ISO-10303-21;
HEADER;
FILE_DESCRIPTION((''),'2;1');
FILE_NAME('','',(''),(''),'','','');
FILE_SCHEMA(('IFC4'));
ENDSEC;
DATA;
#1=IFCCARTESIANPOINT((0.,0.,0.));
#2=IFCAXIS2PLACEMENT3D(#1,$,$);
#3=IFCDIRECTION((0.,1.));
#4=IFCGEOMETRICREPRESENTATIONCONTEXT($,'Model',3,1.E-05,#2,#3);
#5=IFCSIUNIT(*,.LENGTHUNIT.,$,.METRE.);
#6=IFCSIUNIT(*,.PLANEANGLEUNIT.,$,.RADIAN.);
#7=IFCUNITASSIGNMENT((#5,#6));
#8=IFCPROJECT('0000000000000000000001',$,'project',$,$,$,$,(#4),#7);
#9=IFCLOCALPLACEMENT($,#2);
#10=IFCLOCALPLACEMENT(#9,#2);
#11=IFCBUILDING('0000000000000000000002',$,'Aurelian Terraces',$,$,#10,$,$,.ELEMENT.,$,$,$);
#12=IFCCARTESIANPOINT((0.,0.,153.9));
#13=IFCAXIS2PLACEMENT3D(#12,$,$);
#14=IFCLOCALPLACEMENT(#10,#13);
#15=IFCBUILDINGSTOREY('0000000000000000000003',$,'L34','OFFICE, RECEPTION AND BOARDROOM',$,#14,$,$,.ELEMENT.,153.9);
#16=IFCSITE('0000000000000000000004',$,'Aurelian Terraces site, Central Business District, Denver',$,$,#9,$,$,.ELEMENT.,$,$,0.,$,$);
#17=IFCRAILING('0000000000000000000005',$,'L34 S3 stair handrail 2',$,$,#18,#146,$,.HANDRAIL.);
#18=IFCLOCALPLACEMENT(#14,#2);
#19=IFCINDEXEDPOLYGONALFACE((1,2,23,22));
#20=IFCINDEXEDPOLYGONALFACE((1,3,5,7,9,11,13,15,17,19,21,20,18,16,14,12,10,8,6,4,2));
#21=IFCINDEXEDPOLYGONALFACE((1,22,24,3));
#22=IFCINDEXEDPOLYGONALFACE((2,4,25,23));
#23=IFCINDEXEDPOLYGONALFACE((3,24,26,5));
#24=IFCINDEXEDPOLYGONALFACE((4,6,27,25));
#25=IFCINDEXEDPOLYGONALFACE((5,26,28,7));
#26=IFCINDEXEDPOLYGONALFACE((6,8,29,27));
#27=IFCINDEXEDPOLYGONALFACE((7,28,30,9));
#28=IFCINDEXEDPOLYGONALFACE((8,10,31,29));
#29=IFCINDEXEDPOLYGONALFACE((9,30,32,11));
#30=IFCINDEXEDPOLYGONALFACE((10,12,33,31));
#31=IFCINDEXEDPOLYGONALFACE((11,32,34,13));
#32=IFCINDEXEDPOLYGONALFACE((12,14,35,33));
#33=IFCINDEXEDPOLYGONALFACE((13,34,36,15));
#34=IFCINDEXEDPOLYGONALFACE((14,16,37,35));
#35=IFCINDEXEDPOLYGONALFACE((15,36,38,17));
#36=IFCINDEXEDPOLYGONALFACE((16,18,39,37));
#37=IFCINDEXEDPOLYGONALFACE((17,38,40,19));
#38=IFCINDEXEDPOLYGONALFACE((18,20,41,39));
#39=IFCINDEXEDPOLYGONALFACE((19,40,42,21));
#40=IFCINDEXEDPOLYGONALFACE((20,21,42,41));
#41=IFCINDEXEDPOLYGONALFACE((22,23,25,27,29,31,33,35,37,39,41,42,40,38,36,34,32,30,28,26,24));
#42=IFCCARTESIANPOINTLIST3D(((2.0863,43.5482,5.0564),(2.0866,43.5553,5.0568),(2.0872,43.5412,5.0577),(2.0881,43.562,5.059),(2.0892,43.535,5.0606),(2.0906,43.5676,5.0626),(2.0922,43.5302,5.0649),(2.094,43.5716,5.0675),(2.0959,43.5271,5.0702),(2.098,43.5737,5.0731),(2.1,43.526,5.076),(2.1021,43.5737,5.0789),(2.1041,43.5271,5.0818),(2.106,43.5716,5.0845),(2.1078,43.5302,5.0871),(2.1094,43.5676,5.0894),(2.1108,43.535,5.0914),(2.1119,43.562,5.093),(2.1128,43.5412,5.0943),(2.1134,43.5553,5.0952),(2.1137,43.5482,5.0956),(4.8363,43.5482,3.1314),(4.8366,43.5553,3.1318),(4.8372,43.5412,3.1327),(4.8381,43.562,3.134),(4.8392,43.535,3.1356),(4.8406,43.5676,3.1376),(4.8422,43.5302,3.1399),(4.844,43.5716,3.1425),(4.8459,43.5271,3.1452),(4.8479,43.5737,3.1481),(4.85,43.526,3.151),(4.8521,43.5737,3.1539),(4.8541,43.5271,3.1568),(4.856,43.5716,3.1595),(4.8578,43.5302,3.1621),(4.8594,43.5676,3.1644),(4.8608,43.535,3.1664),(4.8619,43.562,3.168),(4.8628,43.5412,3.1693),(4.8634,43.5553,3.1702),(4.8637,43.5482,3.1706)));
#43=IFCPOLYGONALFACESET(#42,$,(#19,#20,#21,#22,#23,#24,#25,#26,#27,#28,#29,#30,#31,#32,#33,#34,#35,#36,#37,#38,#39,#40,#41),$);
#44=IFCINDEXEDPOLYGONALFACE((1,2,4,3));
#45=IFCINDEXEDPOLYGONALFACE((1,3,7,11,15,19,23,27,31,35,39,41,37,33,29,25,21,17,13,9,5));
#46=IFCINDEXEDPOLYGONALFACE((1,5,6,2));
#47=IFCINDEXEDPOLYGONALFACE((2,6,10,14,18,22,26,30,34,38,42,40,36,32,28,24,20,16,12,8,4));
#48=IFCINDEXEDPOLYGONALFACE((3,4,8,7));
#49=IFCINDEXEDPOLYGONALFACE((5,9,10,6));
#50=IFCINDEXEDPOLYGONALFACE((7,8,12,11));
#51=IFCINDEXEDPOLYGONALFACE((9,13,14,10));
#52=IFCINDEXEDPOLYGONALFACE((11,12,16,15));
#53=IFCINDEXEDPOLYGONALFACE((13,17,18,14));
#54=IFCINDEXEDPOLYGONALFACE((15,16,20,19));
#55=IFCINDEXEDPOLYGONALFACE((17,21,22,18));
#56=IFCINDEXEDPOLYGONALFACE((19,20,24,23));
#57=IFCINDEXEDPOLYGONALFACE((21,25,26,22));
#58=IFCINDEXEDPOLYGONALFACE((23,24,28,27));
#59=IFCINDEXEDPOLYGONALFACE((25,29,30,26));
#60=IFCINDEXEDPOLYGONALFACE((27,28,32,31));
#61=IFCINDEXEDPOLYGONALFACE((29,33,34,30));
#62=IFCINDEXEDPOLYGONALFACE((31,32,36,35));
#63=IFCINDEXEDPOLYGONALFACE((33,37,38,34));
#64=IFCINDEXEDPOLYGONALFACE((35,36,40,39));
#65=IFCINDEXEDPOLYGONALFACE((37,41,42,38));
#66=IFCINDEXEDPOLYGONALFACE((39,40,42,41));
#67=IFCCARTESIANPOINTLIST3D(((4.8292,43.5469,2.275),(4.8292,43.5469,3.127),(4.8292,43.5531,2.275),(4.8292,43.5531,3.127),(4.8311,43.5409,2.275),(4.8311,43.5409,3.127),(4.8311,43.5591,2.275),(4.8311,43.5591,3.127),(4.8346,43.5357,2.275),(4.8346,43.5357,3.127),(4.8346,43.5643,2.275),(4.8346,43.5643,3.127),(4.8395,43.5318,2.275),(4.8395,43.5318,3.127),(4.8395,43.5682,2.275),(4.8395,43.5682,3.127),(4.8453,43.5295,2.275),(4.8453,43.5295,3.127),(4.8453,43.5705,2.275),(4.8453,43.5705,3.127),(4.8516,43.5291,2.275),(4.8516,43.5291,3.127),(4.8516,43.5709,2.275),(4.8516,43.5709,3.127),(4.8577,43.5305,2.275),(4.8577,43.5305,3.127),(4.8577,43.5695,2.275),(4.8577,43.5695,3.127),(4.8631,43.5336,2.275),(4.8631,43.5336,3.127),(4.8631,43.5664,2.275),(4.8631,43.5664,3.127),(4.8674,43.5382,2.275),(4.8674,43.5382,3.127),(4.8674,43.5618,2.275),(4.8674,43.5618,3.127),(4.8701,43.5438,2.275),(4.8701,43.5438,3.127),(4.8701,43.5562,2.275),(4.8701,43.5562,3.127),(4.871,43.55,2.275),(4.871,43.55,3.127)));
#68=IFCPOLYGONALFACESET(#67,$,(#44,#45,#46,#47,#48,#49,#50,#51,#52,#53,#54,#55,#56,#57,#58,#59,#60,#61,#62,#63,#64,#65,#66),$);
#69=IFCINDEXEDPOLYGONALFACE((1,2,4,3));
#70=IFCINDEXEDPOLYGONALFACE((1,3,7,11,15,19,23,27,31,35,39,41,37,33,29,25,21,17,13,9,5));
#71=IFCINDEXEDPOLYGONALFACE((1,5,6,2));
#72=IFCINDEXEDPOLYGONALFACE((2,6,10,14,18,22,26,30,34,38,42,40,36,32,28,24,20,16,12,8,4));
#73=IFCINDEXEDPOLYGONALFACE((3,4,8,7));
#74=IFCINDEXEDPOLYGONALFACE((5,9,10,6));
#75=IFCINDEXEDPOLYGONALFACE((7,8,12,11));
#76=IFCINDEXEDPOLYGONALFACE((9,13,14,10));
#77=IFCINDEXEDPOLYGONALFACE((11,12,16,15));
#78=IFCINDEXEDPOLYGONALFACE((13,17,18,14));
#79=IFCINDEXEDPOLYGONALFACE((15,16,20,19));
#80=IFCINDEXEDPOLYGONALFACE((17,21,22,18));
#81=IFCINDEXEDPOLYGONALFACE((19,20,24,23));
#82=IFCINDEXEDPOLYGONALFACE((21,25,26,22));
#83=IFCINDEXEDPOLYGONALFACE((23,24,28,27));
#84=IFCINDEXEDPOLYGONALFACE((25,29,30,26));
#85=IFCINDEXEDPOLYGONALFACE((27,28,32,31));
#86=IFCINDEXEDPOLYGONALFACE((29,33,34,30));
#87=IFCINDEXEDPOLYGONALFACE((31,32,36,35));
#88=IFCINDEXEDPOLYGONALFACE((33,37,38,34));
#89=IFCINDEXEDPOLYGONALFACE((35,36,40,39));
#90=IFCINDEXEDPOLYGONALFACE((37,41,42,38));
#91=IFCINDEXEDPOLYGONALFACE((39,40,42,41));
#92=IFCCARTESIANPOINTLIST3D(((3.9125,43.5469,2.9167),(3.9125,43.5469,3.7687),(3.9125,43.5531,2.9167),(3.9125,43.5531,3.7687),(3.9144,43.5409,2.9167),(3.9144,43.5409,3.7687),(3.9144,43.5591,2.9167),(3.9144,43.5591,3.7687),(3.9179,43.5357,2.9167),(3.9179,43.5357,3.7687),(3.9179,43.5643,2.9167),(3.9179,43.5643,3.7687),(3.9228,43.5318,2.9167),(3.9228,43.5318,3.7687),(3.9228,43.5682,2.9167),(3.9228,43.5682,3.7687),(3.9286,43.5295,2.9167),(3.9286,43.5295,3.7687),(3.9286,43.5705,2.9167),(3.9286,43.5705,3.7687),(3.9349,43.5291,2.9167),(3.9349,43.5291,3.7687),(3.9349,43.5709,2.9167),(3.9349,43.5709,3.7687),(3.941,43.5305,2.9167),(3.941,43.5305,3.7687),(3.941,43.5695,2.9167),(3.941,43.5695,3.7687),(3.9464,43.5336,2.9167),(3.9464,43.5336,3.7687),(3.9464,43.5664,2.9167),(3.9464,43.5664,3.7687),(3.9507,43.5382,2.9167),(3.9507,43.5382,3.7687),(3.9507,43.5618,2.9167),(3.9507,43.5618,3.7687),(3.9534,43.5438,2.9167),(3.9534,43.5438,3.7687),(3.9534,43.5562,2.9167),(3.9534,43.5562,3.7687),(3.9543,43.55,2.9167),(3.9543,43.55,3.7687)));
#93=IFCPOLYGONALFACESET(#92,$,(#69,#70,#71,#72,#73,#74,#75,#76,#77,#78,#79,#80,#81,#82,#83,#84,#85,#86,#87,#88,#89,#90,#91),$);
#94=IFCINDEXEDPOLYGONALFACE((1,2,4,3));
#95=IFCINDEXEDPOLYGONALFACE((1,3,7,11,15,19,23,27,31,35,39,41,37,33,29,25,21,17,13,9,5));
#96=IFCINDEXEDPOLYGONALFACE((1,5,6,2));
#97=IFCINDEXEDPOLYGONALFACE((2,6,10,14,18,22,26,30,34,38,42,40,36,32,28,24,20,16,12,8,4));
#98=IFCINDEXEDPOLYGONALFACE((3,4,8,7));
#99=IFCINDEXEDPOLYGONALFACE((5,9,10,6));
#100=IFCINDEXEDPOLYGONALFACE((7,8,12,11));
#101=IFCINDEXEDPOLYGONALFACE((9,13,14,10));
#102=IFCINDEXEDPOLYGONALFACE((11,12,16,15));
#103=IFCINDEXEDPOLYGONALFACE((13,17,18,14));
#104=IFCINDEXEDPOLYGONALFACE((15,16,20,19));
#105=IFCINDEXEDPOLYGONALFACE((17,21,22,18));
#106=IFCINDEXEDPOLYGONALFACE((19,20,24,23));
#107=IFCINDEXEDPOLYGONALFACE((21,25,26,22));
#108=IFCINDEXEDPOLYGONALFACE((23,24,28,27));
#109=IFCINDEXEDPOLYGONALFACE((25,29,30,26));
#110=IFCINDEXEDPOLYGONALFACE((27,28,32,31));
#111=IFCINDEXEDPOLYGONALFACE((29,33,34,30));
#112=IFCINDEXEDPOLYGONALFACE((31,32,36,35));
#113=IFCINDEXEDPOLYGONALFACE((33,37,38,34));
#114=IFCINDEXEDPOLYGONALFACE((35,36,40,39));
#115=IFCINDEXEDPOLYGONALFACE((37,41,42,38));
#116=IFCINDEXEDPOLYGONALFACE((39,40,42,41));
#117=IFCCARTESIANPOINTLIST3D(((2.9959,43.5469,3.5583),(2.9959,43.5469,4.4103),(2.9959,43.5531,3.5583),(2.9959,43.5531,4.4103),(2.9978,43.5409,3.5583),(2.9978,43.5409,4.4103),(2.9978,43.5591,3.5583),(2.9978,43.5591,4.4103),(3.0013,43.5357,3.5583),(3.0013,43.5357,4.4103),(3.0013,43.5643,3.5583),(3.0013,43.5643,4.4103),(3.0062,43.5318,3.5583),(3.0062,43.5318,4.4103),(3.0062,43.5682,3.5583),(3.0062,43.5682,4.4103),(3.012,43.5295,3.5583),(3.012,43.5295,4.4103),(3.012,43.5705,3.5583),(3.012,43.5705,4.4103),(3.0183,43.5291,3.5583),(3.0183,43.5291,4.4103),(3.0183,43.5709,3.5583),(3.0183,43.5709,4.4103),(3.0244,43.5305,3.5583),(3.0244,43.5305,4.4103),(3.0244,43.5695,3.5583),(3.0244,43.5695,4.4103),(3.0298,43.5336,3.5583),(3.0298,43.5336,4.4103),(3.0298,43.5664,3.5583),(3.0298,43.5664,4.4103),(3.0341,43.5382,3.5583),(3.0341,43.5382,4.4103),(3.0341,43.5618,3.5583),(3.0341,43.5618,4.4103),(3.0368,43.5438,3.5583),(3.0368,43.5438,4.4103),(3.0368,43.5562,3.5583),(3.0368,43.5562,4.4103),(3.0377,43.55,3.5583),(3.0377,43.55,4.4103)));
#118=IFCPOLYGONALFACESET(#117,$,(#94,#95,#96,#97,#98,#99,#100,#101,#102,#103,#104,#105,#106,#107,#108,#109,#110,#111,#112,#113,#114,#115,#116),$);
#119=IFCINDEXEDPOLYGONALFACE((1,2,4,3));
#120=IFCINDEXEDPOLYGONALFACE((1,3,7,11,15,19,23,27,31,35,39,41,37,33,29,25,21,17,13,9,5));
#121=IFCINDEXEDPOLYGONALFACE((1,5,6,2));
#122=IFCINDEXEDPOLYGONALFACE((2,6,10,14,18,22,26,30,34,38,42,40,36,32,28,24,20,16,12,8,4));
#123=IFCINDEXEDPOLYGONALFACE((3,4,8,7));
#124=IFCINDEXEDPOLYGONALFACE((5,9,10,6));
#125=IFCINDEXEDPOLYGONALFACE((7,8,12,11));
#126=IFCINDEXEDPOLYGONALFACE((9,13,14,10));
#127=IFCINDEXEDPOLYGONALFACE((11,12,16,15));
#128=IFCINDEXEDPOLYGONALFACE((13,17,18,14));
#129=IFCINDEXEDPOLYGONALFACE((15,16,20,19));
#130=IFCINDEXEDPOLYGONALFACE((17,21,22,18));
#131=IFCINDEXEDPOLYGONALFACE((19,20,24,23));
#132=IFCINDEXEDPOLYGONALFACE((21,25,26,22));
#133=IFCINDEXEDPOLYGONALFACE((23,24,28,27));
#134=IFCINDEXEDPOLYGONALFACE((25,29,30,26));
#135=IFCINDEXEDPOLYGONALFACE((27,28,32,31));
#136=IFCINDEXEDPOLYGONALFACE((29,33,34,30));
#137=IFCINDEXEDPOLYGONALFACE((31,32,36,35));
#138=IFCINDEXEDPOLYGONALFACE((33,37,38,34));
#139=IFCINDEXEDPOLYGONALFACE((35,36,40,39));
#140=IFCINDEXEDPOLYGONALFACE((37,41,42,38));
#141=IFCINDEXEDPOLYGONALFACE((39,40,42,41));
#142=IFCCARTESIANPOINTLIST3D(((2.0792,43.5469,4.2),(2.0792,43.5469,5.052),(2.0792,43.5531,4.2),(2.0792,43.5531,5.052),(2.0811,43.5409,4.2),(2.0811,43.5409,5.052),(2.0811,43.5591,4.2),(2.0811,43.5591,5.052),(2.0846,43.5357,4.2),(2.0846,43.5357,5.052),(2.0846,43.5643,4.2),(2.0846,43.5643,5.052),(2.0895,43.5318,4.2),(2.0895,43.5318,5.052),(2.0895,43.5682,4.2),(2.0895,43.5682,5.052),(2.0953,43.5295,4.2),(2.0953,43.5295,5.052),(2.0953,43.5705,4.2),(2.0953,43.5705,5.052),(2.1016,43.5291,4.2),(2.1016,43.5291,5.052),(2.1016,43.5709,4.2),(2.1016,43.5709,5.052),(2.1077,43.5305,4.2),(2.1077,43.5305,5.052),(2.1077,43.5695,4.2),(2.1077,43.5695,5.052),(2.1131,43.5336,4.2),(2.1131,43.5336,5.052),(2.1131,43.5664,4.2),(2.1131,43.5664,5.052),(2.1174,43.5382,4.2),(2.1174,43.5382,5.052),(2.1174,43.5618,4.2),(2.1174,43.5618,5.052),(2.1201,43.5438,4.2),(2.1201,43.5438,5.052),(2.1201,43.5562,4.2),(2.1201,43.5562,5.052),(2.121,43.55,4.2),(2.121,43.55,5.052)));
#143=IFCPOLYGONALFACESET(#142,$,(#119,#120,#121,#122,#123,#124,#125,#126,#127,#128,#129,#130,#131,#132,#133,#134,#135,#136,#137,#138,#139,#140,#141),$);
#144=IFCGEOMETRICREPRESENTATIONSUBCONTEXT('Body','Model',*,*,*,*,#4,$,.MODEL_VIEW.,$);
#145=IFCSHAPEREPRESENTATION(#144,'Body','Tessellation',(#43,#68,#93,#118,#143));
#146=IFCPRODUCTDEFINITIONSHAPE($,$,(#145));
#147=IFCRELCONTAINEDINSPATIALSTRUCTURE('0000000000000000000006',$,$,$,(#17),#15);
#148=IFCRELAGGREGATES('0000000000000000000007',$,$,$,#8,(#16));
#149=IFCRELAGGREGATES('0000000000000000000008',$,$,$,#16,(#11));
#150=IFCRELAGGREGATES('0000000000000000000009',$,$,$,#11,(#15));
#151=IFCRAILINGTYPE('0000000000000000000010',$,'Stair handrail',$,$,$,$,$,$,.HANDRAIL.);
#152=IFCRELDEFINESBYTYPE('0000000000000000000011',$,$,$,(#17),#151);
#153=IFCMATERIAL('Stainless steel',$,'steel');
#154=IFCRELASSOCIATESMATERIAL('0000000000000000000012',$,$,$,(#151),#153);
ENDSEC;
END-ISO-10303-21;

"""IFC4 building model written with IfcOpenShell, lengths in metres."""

from ifc_helpers import new_model, si_unit, direction, frame, origin, origin_2d, place, context, subcontext, project, spatial, circle, extrude, source, transform, mapped, material, type_object, element, save


model = new_model("IFC4")

# Units and contexts
model_context = context("Model", 3, precision=1e-05, world=origin(), true_north=direction((0.0, 1.0)))
body_context = subcontext(model_context, "Body", "Model", "MODEL_VIEW")
ifc_project = project(units=[si_unit("LENGTHUNIT", "METRE"), si_unit("PLANEANGLEUNIT", "RADIAN")], contexts=[model_context])

# Site, building, storey
site_placement = place(None, origin())
site = spatial("IfcSite", under=ifc_project, at=site_placement, Name="Aurelian Terraces site, Central Business District, Denver", CompositionType="ELEMENT", RefElevation=0.0)
building_placement = place(site_placement, origin())
building = spatial("IfcBuilding", under=site, at=building_placement, Name="Aurelian Terraces", CompositionType="ELEMENT")
storey_placement = place(building_placement, frame((0.0, 0.0, 153.9)))
storey = spatial("IfcBuildingStorey", under=building, at=storey_placement, Name="L34", Description="OFFICE, RECEPTION AND BOARDROOM", CompositionType="ELEMENT", Elevation=153.9)

# Railing
ifc_material_1 = material(Name="Stainless steel", Category="steel")
railing_type_1 = type_object("IfcRailingType", Name="Stair handrail", PredefinedType="HANDRAIL", material=ifc_material_1)
shared_shape_1 = source(origin(), body_context, "Body", "SweptSolid", [
    extrude(circle(Radius=0.024, at=origin_2d()), frame((0.0, 0.0, 0.876), z_axis=(-0.819232, 0.0, 0.573462), x_axis=(0.0, -1.0, 0.0)), (0.0, 0.0, 1.0), 3.3568),
    extrude(circle(Radius=0.021, at=origin_2d()), origin(), (0.0, 0.0, 1.0), 0.852),
    extrude(circle(Radius=0.021, at=origin_2d()), frame((-0.9167, 0.0, 0.6417)), (0.0, 0.0, 1.0), 0.852),
    extrude(circle(Radius=0.021, at=origin_2d()), frame((-1.8333, 0.0, 1.2833)), (0.0, 0.0, 1.0), 0.852),
    extrude(circle(Radius=0.021, at=origin_2d()), frame((-2.75, 0.0, 1.925)), (0.0, 0.0, 1.0), 0.852),
])
railing_1_placement = place(storey_placement, frame((4.85, 43.55, 2.275)))
element("IfcRailing", 1, at=railing_1_placement, inside=storey, type_object=railing_type_1, Name="L34 S3 stair handrail 2", PredefinedType="HANDRAIL", context=body_context, shape_type="MappedRepresentation", body=[
    mapped(shared_shape_1, transform((0.0, 0.0, 0.0), scale=1.0)),
])

save(model, "model.ifc")
